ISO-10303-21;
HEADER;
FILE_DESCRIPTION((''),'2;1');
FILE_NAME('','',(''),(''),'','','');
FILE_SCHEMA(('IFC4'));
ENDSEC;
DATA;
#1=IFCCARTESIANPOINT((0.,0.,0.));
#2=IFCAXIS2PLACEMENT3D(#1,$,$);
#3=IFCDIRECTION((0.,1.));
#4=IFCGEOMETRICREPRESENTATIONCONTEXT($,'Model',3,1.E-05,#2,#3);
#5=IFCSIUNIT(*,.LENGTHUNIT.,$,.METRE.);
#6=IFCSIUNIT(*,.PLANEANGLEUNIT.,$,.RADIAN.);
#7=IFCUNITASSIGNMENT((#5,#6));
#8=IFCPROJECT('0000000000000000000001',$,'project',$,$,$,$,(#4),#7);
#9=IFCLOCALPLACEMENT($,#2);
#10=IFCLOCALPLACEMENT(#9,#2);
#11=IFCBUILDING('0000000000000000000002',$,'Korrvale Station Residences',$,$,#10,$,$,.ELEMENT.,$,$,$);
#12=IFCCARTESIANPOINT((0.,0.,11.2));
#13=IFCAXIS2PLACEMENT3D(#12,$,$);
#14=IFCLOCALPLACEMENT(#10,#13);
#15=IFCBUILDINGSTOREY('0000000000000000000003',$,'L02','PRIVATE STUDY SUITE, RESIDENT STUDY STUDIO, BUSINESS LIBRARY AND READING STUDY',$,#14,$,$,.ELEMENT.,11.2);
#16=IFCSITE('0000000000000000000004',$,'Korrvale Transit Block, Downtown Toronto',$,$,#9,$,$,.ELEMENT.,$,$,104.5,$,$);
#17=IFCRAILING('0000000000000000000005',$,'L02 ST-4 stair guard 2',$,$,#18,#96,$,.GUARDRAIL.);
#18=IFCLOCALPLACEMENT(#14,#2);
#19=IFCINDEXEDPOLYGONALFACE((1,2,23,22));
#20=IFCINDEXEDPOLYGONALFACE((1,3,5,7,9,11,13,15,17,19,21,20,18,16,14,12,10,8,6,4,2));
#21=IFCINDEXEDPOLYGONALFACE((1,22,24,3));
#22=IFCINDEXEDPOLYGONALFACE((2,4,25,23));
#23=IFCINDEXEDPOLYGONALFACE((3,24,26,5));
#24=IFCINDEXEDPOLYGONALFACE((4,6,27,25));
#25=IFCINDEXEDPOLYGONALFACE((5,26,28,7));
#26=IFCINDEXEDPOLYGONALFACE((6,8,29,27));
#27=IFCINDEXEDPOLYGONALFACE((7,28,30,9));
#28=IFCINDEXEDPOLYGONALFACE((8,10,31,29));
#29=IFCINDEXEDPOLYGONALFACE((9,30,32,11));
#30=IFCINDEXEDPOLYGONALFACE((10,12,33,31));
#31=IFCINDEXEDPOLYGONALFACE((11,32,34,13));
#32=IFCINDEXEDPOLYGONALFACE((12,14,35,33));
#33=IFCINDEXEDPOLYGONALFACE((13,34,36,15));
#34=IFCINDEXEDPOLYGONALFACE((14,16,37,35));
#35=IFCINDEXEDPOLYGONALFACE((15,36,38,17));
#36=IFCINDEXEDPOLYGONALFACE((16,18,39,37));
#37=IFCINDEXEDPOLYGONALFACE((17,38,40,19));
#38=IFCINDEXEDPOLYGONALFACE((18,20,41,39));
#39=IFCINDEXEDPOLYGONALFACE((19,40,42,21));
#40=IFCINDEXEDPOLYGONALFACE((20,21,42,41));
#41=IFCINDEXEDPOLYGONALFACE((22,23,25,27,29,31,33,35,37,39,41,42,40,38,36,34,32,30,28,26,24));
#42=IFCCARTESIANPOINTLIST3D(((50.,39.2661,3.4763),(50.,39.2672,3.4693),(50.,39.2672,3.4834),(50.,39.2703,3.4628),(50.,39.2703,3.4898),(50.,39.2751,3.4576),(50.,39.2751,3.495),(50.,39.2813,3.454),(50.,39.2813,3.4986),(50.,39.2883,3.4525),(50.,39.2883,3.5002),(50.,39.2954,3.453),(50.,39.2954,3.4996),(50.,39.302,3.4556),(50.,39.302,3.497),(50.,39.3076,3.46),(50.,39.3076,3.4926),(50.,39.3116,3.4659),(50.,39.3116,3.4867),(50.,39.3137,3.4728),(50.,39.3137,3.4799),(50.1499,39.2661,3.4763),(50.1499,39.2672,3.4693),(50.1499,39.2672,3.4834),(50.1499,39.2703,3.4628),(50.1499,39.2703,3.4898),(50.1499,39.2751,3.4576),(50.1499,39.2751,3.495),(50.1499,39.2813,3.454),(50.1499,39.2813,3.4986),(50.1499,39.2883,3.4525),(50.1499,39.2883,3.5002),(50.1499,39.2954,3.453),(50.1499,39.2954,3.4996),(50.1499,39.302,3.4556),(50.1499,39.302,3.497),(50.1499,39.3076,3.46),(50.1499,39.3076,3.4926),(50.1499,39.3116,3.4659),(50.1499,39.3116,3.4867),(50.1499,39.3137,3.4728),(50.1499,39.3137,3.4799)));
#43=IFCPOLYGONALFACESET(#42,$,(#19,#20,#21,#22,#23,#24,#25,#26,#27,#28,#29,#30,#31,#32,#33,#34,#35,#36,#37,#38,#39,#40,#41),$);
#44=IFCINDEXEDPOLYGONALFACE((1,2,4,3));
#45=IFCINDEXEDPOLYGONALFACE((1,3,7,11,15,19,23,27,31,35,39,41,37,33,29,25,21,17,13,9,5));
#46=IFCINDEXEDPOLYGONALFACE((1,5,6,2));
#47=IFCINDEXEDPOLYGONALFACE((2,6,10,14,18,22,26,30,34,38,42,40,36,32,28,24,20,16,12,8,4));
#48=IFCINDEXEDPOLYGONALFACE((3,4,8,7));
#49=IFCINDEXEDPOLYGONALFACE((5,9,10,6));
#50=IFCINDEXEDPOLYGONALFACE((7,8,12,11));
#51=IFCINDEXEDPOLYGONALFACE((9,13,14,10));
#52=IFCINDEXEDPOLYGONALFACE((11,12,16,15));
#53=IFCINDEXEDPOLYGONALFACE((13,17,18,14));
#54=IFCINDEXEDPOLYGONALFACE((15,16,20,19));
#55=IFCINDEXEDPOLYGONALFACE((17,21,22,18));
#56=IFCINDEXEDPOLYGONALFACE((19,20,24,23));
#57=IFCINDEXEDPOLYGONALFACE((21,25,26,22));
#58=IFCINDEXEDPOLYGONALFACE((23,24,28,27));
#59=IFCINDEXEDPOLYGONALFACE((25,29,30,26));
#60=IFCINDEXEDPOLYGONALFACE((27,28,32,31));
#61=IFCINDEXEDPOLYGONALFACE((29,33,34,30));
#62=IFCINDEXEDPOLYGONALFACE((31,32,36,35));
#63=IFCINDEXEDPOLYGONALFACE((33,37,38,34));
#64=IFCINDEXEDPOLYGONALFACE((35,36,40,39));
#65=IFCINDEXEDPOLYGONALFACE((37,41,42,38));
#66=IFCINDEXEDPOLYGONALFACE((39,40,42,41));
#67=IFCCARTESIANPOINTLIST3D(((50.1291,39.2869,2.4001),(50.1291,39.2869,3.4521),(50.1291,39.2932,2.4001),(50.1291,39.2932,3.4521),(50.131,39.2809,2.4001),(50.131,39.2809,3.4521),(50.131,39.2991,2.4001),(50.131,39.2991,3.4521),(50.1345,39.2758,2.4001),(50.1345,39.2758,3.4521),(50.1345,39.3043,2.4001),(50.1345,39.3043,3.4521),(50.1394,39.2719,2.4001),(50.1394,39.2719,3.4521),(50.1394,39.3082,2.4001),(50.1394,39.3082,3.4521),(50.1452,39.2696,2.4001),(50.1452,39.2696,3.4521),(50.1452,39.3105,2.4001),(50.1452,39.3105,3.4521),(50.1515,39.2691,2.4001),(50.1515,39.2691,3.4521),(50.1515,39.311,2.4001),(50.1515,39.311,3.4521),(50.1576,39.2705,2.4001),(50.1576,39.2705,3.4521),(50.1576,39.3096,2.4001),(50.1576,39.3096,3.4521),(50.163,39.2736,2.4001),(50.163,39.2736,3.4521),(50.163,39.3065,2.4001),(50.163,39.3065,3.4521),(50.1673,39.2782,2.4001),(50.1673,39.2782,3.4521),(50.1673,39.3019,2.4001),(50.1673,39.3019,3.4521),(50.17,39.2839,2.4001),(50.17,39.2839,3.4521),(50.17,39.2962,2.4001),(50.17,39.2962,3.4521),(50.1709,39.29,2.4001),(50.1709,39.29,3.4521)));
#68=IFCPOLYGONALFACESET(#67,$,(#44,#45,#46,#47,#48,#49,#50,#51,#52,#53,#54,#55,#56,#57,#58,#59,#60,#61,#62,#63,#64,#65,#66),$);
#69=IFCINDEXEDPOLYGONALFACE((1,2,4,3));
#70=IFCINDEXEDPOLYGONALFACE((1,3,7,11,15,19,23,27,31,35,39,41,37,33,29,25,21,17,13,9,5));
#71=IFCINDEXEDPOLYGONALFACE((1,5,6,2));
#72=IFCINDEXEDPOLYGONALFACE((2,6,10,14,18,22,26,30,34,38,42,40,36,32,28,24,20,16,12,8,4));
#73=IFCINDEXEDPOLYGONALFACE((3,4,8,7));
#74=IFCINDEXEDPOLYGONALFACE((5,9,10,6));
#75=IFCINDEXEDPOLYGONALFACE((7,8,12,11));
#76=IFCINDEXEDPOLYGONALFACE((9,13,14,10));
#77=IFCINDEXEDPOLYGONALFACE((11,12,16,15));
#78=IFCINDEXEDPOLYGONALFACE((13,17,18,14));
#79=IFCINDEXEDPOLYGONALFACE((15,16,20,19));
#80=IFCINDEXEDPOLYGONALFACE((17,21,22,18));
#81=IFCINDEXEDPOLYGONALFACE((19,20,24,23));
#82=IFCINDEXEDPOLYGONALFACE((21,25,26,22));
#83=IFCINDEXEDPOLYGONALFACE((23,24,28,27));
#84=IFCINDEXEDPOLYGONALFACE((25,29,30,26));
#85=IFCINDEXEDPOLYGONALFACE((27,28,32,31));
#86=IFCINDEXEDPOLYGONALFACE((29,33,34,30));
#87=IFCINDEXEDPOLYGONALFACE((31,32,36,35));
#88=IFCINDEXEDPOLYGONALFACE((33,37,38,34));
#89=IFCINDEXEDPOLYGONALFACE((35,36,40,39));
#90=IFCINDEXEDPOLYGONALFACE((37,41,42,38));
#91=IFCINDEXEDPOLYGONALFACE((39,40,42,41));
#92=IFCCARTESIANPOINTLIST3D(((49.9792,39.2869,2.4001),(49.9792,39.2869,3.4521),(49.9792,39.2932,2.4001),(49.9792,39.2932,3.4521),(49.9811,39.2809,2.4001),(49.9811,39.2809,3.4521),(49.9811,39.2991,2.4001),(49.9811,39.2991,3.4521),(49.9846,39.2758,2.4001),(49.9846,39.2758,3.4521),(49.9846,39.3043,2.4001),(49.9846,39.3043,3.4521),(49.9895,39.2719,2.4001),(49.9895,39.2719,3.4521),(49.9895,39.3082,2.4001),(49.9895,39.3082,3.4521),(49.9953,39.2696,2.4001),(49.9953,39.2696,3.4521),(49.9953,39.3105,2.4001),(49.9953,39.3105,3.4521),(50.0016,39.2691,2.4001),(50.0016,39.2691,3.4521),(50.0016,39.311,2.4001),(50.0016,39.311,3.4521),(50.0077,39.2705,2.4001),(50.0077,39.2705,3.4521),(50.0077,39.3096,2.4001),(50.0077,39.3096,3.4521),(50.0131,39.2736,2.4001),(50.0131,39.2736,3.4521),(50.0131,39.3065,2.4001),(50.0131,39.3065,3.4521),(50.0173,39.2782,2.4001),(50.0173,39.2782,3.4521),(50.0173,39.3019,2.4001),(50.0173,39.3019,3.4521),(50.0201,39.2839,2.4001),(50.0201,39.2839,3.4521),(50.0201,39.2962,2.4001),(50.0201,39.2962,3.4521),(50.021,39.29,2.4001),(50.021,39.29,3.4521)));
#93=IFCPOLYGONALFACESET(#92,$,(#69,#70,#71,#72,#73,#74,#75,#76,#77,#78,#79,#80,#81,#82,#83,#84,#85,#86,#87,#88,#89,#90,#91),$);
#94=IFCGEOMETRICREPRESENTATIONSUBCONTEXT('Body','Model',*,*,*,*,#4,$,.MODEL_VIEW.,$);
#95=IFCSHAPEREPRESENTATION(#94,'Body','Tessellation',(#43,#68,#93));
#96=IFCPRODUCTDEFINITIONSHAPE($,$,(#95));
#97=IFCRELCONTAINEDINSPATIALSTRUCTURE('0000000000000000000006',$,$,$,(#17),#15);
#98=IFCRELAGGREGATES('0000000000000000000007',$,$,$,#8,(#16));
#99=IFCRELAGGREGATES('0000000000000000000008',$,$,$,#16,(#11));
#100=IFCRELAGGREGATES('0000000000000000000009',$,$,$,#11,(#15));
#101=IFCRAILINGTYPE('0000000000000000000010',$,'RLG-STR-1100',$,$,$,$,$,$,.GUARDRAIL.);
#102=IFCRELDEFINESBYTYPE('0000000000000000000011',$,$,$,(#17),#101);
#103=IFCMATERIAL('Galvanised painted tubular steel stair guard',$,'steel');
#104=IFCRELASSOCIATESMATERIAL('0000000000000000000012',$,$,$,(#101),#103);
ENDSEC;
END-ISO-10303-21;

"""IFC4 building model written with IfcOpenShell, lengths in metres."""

from ifc_helpers import new_model, si_unit, direction, frame, origin, origin_2d, place, context, subcontext, project, spatial, circle, extrude, material, type_object, element, save


model = new_model("IFC4")

# Units and contexts
model_context = context("Model", 3, precision=1e-05, world=origin(), true_north=direction((0.0, 1.0)))
body_context = subcontext(model_context, "Body", "Model", "MODEL_VIEW")
ifc_project = project(units=[si_unit("LENGTHUNIT", "METRE"), si_unit("PLANEANGLEUNIT", "RADIAN")], contexts=[model_context])

# Site, building, storey
site_placement = place(None, origin())
site = spatial("IfcSite", under=ifc_project, at=site_placement, Name="Korrvale Transit Block, Downtown Toronto", CompositionType="ELEMENT", RefElevation=104.5)
building_placement = place(site_placement, origin())
building = spatial("IfcBuilding", under=site, at=building_placement, Name="Korrvale Station Residences", CompositionType="ELEMENT")
storey_placement = place(building_placement, frame((0.0, 0.0, 11.2)))
storey = spatial("IfcBuildingStorey", under=building, at=storey_placement, Name="L02", Description="PRIVATE STUDY SUITE, RESIDENT STUDY STUDIO, BUSINESS LIBRARY AND READING STUDY", CompositionType="ELEMENT", Elevation=11.2)

# Railing
ifc_material_1 = material(Name="Galvanised painted tubular steel stair guard", Category="steel")
railing_type_1 = type_object("IfcRailingType", Name="RLG-STR-1100", PredefinedType="GUARDRAIL", material=ifc_material_1)
railing_1_placement = place(storey_placement, frame((50.1499, 39.29, 2.4001)))
element("IfcRailing", 1, at=railing_1_placement, inside=storey, type_object=railing_type_1, Name="L02 ST-4 stair guard 2", PredefinedType="GUARDRAIL", context=body_context, shape_type="SweptSolid", body=[
    extrude(circle(Radius=0.0239, at=origin_2d()), frame((0.0, 0.0, 1.0762), z_axis=(-1.0, 0.0, 0.0), x_axis=(0.0, -1.0, 0.0)), (0.0, 0.0, 1.0), 0.1499),
    extrude(circle(Radius=0.021, at=origin_2d()), origin(), (0.0, 0.0, 1.0), 1.052),
    extrude(circle(Radius=0.021, at=origin_2d()), frame((-0.1499, 0.0, 0.0)), (0.0, 0.0, 1.0), 1.052),
])

save(model, "model.ifc")
